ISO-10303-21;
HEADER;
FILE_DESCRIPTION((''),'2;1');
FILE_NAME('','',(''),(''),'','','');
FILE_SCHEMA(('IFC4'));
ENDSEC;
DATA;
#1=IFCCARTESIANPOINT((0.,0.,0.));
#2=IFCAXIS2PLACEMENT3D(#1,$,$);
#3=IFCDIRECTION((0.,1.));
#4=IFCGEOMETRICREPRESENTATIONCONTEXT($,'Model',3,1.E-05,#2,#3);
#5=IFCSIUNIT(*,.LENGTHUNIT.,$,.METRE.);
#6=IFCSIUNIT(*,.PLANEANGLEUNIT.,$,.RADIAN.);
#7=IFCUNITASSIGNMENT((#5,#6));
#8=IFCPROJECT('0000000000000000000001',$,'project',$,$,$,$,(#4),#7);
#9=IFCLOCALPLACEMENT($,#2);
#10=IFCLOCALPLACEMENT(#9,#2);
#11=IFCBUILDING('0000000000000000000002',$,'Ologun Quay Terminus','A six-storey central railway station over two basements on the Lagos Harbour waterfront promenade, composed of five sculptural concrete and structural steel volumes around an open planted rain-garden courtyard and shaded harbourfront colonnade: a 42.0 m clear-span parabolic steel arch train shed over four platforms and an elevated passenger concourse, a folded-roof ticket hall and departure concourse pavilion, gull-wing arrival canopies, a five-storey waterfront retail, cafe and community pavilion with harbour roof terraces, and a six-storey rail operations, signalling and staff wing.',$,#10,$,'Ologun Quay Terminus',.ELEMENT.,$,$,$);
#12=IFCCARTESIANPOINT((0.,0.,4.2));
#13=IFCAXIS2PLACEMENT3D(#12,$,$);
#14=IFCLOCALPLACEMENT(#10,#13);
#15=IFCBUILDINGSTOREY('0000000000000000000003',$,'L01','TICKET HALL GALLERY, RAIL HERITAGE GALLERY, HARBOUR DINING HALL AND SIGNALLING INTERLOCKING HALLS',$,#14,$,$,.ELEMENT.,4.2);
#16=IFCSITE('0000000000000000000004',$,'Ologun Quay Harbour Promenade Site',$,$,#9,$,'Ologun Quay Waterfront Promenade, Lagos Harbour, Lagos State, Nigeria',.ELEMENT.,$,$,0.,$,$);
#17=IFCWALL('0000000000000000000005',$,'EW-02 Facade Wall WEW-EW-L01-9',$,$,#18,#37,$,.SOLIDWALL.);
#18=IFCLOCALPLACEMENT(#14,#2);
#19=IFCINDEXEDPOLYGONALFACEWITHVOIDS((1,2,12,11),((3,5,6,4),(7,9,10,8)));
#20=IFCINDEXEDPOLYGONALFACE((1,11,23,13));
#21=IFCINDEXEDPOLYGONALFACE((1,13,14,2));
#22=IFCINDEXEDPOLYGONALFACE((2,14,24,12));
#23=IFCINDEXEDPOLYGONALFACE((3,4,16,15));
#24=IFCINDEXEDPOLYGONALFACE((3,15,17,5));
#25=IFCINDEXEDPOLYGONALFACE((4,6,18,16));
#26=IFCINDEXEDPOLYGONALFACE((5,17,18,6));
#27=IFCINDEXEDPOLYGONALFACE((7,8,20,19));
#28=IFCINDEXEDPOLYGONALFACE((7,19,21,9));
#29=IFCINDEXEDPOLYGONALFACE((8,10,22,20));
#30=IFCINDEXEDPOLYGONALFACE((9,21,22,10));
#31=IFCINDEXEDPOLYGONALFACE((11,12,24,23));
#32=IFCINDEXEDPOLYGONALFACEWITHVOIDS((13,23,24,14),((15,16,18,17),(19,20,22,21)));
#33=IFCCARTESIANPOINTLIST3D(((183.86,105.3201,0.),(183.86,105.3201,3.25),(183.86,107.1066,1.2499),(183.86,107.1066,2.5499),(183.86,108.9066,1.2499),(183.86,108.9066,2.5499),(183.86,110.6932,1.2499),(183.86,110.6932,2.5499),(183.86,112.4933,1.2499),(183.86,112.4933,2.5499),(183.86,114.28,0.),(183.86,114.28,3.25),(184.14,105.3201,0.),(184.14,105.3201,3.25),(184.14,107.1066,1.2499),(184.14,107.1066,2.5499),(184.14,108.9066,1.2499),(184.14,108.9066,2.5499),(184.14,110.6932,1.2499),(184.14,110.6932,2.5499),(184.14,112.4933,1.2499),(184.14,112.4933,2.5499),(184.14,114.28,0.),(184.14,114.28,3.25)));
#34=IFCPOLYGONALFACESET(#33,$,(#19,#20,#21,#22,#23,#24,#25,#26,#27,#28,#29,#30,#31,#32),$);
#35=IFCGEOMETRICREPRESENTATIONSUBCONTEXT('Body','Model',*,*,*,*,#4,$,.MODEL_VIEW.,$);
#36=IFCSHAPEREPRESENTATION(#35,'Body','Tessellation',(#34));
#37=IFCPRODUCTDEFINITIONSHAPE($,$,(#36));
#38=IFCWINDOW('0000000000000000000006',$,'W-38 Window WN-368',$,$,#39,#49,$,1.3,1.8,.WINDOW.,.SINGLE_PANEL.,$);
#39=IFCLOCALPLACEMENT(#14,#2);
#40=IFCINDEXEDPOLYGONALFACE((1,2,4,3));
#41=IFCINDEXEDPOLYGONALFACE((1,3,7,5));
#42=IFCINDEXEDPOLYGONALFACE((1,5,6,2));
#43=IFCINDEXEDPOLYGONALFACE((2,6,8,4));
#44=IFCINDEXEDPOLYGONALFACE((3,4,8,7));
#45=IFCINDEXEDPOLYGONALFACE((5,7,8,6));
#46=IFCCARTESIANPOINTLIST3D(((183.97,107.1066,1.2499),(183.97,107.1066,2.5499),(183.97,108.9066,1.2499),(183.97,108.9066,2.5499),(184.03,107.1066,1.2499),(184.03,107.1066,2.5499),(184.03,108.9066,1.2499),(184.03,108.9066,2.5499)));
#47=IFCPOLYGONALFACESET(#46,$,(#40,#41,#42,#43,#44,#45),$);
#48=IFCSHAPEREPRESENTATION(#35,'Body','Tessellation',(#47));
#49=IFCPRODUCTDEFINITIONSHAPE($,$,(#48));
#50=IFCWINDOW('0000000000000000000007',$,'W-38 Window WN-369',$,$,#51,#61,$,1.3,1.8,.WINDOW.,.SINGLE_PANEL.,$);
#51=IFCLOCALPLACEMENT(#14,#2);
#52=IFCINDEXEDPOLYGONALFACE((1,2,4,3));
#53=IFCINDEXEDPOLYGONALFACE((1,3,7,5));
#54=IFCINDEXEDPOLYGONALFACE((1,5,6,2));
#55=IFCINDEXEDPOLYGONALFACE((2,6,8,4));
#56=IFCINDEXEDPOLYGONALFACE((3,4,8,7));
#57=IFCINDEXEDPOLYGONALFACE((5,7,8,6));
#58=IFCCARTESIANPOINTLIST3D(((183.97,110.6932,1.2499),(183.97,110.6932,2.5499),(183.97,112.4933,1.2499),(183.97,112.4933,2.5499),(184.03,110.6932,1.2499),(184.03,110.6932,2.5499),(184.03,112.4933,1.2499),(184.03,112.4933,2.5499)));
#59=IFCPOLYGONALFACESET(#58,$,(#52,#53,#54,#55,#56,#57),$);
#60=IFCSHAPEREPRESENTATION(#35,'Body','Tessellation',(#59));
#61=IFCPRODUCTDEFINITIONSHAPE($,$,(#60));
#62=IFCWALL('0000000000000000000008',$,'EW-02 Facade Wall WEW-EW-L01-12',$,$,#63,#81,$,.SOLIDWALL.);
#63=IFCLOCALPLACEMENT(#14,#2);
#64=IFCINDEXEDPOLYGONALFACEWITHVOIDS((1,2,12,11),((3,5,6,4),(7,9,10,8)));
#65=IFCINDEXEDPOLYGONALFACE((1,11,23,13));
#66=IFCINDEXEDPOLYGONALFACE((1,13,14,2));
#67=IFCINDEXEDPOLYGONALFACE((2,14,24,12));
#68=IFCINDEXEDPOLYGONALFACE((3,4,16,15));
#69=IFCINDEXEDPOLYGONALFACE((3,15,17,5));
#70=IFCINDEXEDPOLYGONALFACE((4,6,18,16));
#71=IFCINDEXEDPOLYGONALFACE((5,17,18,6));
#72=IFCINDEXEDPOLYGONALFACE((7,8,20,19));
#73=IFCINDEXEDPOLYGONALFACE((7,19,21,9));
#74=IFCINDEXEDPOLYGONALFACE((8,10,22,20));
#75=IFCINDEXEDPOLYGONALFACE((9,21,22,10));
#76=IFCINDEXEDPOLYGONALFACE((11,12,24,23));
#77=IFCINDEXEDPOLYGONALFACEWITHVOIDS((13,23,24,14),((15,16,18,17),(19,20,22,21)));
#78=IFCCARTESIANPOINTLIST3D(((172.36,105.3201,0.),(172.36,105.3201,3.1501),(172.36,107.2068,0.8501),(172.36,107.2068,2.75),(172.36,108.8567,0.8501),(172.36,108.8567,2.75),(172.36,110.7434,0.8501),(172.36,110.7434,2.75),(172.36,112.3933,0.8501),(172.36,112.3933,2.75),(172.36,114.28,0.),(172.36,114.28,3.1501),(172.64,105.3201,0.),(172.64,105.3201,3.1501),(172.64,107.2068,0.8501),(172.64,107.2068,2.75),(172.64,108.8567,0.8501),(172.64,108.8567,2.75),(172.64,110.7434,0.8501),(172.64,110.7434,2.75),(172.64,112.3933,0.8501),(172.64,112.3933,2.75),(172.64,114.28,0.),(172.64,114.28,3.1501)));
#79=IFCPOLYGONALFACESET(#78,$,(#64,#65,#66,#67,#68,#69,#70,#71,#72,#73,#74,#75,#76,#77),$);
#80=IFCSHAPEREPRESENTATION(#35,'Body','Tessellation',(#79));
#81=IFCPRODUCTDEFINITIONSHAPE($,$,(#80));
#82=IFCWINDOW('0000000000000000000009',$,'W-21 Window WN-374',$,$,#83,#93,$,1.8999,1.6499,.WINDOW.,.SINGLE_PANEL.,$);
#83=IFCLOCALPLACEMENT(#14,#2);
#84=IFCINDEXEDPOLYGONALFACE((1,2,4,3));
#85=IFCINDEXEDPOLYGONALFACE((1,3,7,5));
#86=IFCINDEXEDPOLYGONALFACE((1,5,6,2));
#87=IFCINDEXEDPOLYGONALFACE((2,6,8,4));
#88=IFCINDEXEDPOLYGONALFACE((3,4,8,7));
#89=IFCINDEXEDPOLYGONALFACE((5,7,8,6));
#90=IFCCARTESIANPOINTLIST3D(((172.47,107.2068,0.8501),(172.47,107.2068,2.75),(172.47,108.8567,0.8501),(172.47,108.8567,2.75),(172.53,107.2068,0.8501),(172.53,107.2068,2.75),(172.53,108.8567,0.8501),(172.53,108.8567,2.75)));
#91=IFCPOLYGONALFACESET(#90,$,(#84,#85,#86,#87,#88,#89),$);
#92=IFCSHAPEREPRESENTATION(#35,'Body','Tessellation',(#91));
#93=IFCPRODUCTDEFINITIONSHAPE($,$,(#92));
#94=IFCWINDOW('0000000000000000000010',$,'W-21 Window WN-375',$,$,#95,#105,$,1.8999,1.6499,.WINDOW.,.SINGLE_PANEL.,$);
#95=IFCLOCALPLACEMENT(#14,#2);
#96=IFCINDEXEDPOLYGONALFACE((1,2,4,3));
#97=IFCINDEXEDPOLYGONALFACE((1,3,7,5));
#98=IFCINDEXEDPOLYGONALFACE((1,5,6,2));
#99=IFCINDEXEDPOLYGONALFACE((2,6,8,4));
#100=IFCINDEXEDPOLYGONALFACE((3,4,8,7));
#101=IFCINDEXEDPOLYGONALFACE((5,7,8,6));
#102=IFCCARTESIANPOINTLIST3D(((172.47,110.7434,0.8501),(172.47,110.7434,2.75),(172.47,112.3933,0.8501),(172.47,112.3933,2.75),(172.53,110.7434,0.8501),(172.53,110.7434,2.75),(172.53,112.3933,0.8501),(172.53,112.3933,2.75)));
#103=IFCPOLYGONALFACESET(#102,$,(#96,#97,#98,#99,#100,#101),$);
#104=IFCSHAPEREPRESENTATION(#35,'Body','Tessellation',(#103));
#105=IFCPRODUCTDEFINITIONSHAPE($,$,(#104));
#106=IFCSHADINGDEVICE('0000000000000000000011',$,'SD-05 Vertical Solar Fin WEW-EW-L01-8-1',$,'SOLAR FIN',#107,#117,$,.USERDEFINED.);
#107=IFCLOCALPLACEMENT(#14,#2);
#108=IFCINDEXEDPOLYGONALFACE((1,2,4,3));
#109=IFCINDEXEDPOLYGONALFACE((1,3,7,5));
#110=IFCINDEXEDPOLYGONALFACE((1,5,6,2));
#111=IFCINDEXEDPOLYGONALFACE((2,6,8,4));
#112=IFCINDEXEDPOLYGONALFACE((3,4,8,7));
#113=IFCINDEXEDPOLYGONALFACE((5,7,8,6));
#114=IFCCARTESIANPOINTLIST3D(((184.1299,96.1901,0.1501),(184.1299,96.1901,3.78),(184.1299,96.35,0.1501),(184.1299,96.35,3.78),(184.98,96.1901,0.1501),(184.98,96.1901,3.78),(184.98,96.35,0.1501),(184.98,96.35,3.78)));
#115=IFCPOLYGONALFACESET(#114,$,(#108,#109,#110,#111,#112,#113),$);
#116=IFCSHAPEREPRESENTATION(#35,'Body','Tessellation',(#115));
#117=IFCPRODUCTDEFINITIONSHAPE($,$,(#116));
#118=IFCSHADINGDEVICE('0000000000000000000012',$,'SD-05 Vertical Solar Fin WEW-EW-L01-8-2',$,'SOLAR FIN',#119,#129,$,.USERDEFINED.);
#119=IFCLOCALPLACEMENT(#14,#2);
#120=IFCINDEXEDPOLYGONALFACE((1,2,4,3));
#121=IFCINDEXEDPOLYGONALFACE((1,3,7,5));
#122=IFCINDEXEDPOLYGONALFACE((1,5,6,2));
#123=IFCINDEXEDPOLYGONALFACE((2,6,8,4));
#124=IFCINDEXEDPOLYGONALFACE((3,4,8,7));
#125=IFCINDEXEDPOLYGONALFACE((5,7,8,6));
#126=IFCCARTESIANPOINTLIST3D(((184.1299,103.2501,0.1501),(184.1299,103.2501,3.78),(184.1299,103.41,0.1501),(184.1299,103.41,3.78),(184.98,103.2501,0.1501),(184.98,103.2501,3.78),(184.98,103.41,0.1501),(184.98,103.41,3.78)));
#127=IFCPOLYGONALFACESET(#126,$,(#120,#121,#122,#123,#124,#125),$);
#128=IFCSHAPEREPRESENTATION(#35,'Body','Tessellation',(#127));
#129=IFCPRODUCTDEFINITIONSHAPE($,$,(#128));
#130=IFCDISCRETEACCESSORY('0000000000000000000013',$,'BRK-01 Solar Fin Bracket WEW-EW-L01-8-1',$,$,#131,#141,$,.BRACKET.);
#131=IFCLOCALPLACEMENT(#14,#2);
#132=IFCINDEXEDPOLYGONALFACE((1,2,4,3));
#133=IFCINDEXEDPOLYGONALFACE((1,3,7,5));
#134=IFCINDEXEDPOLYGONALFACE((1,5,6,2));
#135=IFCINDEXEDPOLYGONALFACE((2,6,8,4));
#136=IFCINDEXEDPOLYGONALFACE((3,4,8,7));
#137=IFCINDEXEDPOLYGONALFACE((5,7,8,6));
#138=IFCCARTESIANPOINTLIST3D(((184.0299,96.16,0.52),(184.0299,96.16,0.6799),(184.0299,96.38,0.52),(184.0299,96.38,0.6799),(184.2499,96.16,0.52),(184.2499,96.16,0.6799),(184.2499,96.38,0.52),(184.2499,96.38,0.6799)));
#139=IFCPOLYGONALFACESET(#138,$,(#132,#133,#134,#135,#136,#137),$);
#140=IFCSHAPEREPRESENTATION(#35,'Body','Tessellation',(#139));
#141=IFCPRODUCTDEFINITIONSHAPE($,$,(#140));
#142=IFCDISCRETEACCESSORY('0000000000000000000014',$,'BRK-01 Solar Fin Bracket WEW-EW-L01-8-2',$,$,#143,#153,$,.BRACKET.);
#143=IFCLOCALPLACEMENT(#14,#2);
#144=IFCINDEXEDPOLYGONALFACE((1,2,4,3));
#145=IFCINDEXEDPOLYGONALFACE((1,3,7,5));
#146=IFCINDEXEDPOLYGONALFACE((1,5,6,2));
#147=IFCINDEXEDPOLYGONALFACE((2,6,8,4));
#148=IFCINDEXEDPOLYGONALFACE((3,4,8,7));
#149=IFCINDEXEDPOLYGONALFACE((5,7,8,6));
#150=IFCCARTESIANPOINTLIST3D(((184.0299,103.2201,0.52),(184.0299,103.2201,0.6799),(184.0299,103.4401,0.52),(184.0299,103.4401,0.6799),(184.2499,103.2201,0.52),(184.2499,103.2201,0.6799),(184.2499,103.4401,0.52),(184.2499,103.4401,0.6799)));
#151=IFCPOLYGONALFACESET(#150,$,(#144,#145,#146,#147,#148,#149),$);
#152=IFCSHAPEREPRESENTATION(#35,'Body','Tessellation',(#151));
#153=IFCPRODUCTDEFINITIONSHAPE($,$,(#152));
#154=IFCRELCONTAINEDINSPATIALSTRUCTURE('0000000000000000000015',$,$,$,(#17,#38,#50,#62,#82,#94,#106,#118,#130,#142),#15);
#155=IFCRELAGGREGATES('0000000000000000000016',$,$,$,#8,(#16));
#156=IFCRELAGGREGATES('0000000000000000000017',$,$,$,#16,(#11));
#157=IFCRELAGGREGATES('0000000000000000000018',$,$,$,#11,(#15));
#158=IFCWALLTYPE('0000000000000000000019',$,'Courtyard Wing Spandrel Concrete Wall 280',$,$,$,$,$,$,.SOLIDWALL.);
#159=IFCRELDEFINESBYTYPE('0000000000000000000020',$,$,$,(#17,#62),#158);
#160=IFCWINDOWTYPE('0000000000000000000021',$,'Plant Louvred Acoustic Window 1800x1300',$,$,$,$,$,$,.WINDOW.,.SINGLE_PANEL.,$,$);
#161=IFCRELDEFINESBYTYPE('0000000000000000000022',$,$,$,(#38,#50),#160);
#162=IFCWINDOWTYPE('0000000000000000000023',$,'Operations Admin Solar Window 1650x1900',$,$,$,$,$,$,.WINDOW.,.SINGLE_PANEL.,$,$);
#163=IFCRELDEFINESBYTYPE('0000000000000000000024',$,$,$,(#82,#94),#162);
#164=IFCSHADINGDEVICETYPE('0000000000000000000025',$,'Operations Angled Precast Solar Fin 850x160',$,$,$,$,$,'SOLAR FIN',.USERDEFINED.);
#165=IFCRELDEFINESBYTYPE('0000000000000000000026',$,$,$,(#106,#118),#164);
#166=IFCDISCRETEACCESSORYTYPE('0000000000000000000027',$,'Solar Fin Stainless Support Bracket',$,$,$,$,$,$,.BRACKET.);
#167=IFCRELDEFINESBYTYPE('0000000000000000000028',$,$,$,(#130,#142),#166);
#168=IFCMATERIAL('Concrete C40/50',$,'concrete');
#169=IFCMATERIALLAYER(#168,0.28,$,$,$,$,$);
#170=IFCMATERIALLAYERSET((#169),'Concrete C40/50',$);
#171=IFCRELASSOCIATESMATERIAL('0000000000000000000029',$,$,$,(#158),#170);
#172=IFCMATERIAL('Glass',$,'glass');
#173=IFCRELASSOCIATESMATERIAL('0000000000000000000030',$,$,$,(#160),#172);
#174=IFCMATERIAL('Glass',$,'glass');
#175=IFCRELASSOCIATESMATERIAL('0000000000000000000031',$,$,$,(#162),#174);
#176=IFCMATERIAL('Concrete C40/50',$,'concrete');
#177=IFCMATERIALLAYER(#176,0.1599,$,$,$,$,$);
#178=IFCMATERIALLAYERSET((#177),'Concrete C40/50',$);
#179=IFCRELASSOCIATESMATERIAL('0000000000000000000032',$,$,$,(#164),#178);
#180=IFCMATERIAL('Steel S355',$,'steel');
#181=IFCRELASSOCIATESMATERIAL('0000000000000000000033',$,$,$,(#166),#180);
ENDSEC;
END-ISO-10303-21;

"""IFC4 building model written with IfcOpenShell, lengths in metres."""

from ifc_helpers import new_model, si_unit, direction, frame, frame_2d, origin, origin_2d, place, context, subcontext, project, spatial, rectangle, extrude, material, layer, layer_set, type_object, element, fill, save


model = new_model("IFC4")

# Units and contexts
model_context = context("Model", 3, precision=1e-05, world=origin(), true_north=direction((0.0, 1.0)))
body_context = subcontext(model_context, "Body", "Model", "MODEL_VIEW")
ifc_project = project(units=[si_unit("LENGTHUNIT", "METRE"), si_unit("PLANEANGLEUNIT", "RADIAN")], contexts=[model_context])

# Site, building, storey
site_placement = place(None, origin())
site = spatial("IfcSite", under=ifc_project, at=site_placement, Name="Ologun Quay Harbour Promenade Site", LongName="Ologun Quay Waterfront Promenade, Lagos Harbour, Lagos State, Nigeria", CompositionType="ELEMENT", RefElevation=0.0)
building_placement = place(site_placement, origin())
building = spatial("IfcBuilding", under=site, at=building_placement, Name="Ologun Quay Terminus", Description="A six-storey central railway station over two basements on the Lagos Harbour waterfront promenade, composed of five sculptural concrete and structural steel volumes around an open planted rain-garden courtyard and shaded harbourfront colonnade: a 42.0 m clear-span parabolic steel arch train shed over four platforms and an elevated passenger concourse, a folded-roof ticket hall and departure concourse pavilion, gull-wing arrival canopies, a five-storey waterfront retail, cafe and community pavilion with harbour roof terraces, and a six-storey rail operations, signalling and staff wing.", LongName="Ologun Quay Terminus", CompositionType="ELEMENT")
storey_placement = place(building_placement, frame((0.0, 0.0, 4.2)))
storey = spatial("IfcBuildingStorey", under=building, at=storey_placement, Name="L01", Description="TICKET HALL GALLERY, RAIL HERITAGE GALLERY, HARBOUR DINING HALL AND SIGNALLING INTERLOCKING HALLS", CompositionType="ELEMENT", Elevation=4.2)

# Walls, openings, windows
ifc_material_1 = material(Name="Concrete C40/50", Category="concrete")
ifc_layer_1 = layer(ifc_material_1, 0.28)
ifc_layer_set_1 = layer_set([ifc_layer_1], Name="Concrete C40/50")
wall_type = type_object("IfcWallType", Name="Courtyard Wing Spandrel Concrete Wall 280", PredefinedType="SOLIDWALL", material=ifc_layer_set_1)
ifc_material_2 = material(Name="Glass", Category="glass")
window_type_1 = type_object("IfcWindowType", Name="Plant Louvred Acoustic Window 1800x1300", PartitioningType="SINGLE_PANEL", PredefinedType="WINDOW", material=ifc_material_2)
wall_1_placement = place(storey_placement, frame((184.0, 105.3201, 0.0), z_axis=(0.0, 0.0, 1.0), x_axis=(0.0, 1.0, 0.0)))
wall_1 = element("IfcWall", 1, at=wall_1_placement, inside=storey, type_object=wall_type, Name="EW-02 Facade Wall WEW-EW-L01-9", PredefinedType="SOLIDWALL", context=body_context, shape_type="SweptSolid", body=[
    extrude(rectangle(XDim=8.96, YDim=0.28, at=frame_2d((4.48, 0.0))), origin(), (0.0, 0.0, 1.0), 3.25),
])
opening_1_placement = place(wall_1_placement, frame((1.7866, 0.0, 1.25)))
opening_1 = element("IfcOpeningElement", 2, at=opening_1_placement, cuts=wall_1, PredefinedType="OPENING", context=body_context, shape_type="SweptSolid", body=[
    extrude(rectangle(XDim=1.8, YDim=1.3, at=frame_2d((0.8999, 0.6499))), frame((0.0, 0.1499, 0.0), z_axis=(0.0, -1.0, 0.0), x_axis=(1.0, 0.0, 0.0)), (0.0, 0.0, 1.0), 0.3),
])
opening_2_placement = place(wall_1_placement, frame((5.3733, 0.0, 1.25)))
opening_2 = element("IfcOpeningElement", 3, at=opening_2_placement, cuts=wall_1, PredefinedType="OPENING", context=body_context, shape_type="SweptSolid", body=[
    extrude(rectangle(XDim=1.8, YDim=1.3, at=frame_2d((0.8999, 0.6499))), frame((0.0, 0.1499, 0.0), z_axis=(0.0, -1.0, 0.0), x_axis=(1.0, 0.0, 0.0)), (0.0, 0.0, 1.0), 0.3),
])
window_1_placement = place(opening_1_placement, origin())
window_1 = element("IfcWindow", 4, at=window_1_placement, inside=storey, type_object=window_type_1, Name="W-38 Window WN-368", OverallHeight=1.3, OverallWidth=1.8, PartitioningType="SINGLE_PANEL", PredefinedType="WINDOW", context=body_context, shape_type="SweptSolid", body=[
    extrude(rectangle(XDim=1.8, YDim=1.3, at=frame_2d((0.8999, 0.6499))), frame((0.0, 0.03, 0.0), z_axis=(0.0, -1.0, 0.0), x_axis=(1.0, 0.0, 0.0)), (0.0, 0.0, 1.0), 0.0601),
])
fill(opening_1, window_1)
window_2_placement = place(opening_2_placement, origin())
window_2 = element("IfcWindow", 5, at=window_2_placement, inside=storey, type_object=window_type_1, Name="W-38 Window WN-369", OverallHeight=1.3, OverallWidth=1.8, PartitioningType="SINGLE_PANEL", PredefinedType="WINDOW", context=body_context, shape_type="SweptSolid", body=[
    extrude(rectangle(XDim=1.8, YDim=1.3, at=frame_2d((0.8999, 0.6499))), frame((0.0, 0.03, 0.0), z_axis=(0.0, -1.0, 0.0), x_axis=(1.0, 0.0, 0.0)), (0.0, 0.0, 1.0), 0.0601),
])
fill(opening_2, window_2)
wall_2_placement = place(storey_placement, frame((172.5, 105.3201, 0.0), z_axis=(0.0, 0.0, 1.0), x_axis=(0.0, 1.0, 0.0)))
wall_2 = element("IfcWall", 6, at=wall_2_placement, inside=storey, type_object=wall_type, Name="EW-02 Facade Wall WEW-EW-L01-12", PredefinedType="SOLIDWALL", context=body_context, shape_type="SweptSolid", body=[
    extrude(rectangle(XDim=8.96, YDim=0.28, at=frame_2d((4.48, 0.0))), origin(), (0.0, 0.0, 1.0), 3.1501),
])
opening_3_placement = place(wall_2_placement, frame((1.8867, 0.0, 0.8501)))
opening_3 = element("IfcOpeningElement", 7, at=opening_3_placement, cuts=wall_2, PredefinedType="OPENING", context=body_context, shape_type="SweptSolid", body=[
    extrude(rectangle(XDim=1.6499, YDim=1.8999, at=frame_2d((0.825, 0.95))), frame((0.0, 0.1499, 0.0), z_axis=(0.0, -1.0, 0.0), x_axis=(1.0, 0.0, 0.0)), (0.0, 0.0, 1.0), 0.3),
])
opening_4_placement = place(wall_2_placement, frame((5.4233, 0.0, 0.8501)))
opening_4 = element("IfcOpeningElement", 8, at=opening_4_placement, cuts=wall_2, PredefinedType="OPENING", context=body_context, shape_type="SweptSolid", body=[
    extrude(rectangle(XDim=1.6499, YDim=1.8999, at=frame_2d((0.825, 0.95))), frame((0.0, 0.1499, 0.0), z_axis=(0.0, -1.0, 0.0), x_axis=(1.0, 0.0, 0.0)), (0.0, 0.0, 1.0), 0.3),
])
ifc_material_3 = material(Name="Glass", Category="glass")
window_type_2 = type_object("IfcWindowType", Name="Operations Admin Solar Window 1650x1900", PartitioningType="SINGLE_PANEL", PredefinedType="WINDOW", material=ifc_material_3)
window_3_placement = place(opening_3_placement, origin())
window_3 = element("IfcWindow", 9, at=window_3_placement, inside=storey, type_object=window_type_2, Name="W-21 Window WN-374", OverallHeight=1.8999, OverallWidth=1.6499, PartitioningType="SINGLE_PANEL", PredefinedType="WINDOW", context=body_context, shape_type="SweptSolid", body=[
    extrude(rectangle(XDim=1.6499, YDim=1.8999, at=frame_2d((0.825, 0.95))), frame((0.0, 0.03, 0.0), z_axis=(0.0, -1.0, 0.0), x_axis=(1.0, 0.0, 0.0)), (0.0, 0.0, 1.0), 0.0601),
])
fill(opening_3, window_3)
window_4_placement = place(opening_4_placement, origin())
window_4 = element("IfcWindow", 10, at=window_4_placement, inside=storey, type_object=window_type_2, Name="W-21 Window WN-375", OverallHeight=1.8999, OverallWidth=1.6499, PartitioningType="SINGLE_PANEL", PredefinedType="WINDOW", context=body_context, shape_type="SweptSolid", body=[
    extrude(rectangle(XDim=1.6499, YDim=1.8999, at=frame_2d((0.825, 0.95))), frame((0.0, 0.03, 0.0), z_axis=(0.0, -1.0, 0.0), x_axis=(1.0, 0.0, 0.0)), (0.0, 0.0, 1.0), 0.0601),
])
fill(opening_4, window_4)

# Shading devices
ifc_material_4 = material(Name="Concrete C40/50", Category="concrete")
ifc_layer_2 = layer(ifc_material_4, 0.1599)
ifc_layer_set_2 = layer_set([ifc_layer_2], Name="Concrete C40/50")
shading_device_type = type_object("IfcShadingDeviceType", Name="Operations Angled Precast Solar Fin 850x160", ElementType="SOLAR FIN", PredefinedType="USERDEFINED", material=ifc_layer_set_2)
for number, where, z_axis, x_axis, name in (
    (11, (184.5549, 96.27, 0.1501), (0.0, 0.0, 1.0), (1.0, 0.0, 0.0), "SD-05 Vertical Solar Fin WEW-EW-L01-8-1"),
    (12, (184.5549, 103.3301, 0.1501), (0.0, 0.0, 1.0), (1.0, 0.0, 0.0), "SD-05 Vertical Solar Fin WEW-EW-L01-8-2"),
):
    element("IfcShadingDevice", number, at=place(storey_placement, frame(where, z_axis=z_axis, x_axis=x_axis)), inside=storey, type_object=shading_device_type, Name=name, ObjectType="SOLAR FIN", PredefinedType="USERDEFINED", context=body_context, shape_type="SweptSolid", body=[
        extrude(rectangle(XDim=0.8501, YDim=0.1599, at=origin_2d()), origin(), (0.0, 0.0, 1.0), 3.6299),
    ])

# Discrete accessories
ifc_material_5 = material(Name="Steel S355", Category="steel")
discrete_accessory_type = type_object("IfcDiscreteAccessoryType", Name="Solar Fin Stainless Support Bracket", PredefinedType="BRACKET", material=ifc_material_5)
for number, where, z_axis, x_axis, name in (
    (13, (184.1399, 96.27, 0.52), (0.0, 0.0, 1.0), (1.0, 0.0, 0.0), "BRK-01 Solar Fin Bracket WEW-EW-L01-8-1"),
    (14, (184.1399, 103.3301, 0.52), (0.0, 0.0, 1.0), (1.0, 0.0, 0.0), "BRK-01 Solar Fin Bracket WEW-EW-L01-8-2"),
):
    element("IfcDiscreteAccessory", number, at=place(storey_placement, frame(where, z_axis=z_axis, x_axis=x_axis)), inside=storey, type_object=discrete_accessory_type, Name=name, PredefinedType="BRACKET", context=body_context, shape_type="SweptSolid", body=[
        extrude(rectangle(XDim=0.22, YDim=0.22, at=origin_2d()), origin(), (0.0, 0.0, 1.0), 0.1599),
    ])

save(model, "model.ifc")
